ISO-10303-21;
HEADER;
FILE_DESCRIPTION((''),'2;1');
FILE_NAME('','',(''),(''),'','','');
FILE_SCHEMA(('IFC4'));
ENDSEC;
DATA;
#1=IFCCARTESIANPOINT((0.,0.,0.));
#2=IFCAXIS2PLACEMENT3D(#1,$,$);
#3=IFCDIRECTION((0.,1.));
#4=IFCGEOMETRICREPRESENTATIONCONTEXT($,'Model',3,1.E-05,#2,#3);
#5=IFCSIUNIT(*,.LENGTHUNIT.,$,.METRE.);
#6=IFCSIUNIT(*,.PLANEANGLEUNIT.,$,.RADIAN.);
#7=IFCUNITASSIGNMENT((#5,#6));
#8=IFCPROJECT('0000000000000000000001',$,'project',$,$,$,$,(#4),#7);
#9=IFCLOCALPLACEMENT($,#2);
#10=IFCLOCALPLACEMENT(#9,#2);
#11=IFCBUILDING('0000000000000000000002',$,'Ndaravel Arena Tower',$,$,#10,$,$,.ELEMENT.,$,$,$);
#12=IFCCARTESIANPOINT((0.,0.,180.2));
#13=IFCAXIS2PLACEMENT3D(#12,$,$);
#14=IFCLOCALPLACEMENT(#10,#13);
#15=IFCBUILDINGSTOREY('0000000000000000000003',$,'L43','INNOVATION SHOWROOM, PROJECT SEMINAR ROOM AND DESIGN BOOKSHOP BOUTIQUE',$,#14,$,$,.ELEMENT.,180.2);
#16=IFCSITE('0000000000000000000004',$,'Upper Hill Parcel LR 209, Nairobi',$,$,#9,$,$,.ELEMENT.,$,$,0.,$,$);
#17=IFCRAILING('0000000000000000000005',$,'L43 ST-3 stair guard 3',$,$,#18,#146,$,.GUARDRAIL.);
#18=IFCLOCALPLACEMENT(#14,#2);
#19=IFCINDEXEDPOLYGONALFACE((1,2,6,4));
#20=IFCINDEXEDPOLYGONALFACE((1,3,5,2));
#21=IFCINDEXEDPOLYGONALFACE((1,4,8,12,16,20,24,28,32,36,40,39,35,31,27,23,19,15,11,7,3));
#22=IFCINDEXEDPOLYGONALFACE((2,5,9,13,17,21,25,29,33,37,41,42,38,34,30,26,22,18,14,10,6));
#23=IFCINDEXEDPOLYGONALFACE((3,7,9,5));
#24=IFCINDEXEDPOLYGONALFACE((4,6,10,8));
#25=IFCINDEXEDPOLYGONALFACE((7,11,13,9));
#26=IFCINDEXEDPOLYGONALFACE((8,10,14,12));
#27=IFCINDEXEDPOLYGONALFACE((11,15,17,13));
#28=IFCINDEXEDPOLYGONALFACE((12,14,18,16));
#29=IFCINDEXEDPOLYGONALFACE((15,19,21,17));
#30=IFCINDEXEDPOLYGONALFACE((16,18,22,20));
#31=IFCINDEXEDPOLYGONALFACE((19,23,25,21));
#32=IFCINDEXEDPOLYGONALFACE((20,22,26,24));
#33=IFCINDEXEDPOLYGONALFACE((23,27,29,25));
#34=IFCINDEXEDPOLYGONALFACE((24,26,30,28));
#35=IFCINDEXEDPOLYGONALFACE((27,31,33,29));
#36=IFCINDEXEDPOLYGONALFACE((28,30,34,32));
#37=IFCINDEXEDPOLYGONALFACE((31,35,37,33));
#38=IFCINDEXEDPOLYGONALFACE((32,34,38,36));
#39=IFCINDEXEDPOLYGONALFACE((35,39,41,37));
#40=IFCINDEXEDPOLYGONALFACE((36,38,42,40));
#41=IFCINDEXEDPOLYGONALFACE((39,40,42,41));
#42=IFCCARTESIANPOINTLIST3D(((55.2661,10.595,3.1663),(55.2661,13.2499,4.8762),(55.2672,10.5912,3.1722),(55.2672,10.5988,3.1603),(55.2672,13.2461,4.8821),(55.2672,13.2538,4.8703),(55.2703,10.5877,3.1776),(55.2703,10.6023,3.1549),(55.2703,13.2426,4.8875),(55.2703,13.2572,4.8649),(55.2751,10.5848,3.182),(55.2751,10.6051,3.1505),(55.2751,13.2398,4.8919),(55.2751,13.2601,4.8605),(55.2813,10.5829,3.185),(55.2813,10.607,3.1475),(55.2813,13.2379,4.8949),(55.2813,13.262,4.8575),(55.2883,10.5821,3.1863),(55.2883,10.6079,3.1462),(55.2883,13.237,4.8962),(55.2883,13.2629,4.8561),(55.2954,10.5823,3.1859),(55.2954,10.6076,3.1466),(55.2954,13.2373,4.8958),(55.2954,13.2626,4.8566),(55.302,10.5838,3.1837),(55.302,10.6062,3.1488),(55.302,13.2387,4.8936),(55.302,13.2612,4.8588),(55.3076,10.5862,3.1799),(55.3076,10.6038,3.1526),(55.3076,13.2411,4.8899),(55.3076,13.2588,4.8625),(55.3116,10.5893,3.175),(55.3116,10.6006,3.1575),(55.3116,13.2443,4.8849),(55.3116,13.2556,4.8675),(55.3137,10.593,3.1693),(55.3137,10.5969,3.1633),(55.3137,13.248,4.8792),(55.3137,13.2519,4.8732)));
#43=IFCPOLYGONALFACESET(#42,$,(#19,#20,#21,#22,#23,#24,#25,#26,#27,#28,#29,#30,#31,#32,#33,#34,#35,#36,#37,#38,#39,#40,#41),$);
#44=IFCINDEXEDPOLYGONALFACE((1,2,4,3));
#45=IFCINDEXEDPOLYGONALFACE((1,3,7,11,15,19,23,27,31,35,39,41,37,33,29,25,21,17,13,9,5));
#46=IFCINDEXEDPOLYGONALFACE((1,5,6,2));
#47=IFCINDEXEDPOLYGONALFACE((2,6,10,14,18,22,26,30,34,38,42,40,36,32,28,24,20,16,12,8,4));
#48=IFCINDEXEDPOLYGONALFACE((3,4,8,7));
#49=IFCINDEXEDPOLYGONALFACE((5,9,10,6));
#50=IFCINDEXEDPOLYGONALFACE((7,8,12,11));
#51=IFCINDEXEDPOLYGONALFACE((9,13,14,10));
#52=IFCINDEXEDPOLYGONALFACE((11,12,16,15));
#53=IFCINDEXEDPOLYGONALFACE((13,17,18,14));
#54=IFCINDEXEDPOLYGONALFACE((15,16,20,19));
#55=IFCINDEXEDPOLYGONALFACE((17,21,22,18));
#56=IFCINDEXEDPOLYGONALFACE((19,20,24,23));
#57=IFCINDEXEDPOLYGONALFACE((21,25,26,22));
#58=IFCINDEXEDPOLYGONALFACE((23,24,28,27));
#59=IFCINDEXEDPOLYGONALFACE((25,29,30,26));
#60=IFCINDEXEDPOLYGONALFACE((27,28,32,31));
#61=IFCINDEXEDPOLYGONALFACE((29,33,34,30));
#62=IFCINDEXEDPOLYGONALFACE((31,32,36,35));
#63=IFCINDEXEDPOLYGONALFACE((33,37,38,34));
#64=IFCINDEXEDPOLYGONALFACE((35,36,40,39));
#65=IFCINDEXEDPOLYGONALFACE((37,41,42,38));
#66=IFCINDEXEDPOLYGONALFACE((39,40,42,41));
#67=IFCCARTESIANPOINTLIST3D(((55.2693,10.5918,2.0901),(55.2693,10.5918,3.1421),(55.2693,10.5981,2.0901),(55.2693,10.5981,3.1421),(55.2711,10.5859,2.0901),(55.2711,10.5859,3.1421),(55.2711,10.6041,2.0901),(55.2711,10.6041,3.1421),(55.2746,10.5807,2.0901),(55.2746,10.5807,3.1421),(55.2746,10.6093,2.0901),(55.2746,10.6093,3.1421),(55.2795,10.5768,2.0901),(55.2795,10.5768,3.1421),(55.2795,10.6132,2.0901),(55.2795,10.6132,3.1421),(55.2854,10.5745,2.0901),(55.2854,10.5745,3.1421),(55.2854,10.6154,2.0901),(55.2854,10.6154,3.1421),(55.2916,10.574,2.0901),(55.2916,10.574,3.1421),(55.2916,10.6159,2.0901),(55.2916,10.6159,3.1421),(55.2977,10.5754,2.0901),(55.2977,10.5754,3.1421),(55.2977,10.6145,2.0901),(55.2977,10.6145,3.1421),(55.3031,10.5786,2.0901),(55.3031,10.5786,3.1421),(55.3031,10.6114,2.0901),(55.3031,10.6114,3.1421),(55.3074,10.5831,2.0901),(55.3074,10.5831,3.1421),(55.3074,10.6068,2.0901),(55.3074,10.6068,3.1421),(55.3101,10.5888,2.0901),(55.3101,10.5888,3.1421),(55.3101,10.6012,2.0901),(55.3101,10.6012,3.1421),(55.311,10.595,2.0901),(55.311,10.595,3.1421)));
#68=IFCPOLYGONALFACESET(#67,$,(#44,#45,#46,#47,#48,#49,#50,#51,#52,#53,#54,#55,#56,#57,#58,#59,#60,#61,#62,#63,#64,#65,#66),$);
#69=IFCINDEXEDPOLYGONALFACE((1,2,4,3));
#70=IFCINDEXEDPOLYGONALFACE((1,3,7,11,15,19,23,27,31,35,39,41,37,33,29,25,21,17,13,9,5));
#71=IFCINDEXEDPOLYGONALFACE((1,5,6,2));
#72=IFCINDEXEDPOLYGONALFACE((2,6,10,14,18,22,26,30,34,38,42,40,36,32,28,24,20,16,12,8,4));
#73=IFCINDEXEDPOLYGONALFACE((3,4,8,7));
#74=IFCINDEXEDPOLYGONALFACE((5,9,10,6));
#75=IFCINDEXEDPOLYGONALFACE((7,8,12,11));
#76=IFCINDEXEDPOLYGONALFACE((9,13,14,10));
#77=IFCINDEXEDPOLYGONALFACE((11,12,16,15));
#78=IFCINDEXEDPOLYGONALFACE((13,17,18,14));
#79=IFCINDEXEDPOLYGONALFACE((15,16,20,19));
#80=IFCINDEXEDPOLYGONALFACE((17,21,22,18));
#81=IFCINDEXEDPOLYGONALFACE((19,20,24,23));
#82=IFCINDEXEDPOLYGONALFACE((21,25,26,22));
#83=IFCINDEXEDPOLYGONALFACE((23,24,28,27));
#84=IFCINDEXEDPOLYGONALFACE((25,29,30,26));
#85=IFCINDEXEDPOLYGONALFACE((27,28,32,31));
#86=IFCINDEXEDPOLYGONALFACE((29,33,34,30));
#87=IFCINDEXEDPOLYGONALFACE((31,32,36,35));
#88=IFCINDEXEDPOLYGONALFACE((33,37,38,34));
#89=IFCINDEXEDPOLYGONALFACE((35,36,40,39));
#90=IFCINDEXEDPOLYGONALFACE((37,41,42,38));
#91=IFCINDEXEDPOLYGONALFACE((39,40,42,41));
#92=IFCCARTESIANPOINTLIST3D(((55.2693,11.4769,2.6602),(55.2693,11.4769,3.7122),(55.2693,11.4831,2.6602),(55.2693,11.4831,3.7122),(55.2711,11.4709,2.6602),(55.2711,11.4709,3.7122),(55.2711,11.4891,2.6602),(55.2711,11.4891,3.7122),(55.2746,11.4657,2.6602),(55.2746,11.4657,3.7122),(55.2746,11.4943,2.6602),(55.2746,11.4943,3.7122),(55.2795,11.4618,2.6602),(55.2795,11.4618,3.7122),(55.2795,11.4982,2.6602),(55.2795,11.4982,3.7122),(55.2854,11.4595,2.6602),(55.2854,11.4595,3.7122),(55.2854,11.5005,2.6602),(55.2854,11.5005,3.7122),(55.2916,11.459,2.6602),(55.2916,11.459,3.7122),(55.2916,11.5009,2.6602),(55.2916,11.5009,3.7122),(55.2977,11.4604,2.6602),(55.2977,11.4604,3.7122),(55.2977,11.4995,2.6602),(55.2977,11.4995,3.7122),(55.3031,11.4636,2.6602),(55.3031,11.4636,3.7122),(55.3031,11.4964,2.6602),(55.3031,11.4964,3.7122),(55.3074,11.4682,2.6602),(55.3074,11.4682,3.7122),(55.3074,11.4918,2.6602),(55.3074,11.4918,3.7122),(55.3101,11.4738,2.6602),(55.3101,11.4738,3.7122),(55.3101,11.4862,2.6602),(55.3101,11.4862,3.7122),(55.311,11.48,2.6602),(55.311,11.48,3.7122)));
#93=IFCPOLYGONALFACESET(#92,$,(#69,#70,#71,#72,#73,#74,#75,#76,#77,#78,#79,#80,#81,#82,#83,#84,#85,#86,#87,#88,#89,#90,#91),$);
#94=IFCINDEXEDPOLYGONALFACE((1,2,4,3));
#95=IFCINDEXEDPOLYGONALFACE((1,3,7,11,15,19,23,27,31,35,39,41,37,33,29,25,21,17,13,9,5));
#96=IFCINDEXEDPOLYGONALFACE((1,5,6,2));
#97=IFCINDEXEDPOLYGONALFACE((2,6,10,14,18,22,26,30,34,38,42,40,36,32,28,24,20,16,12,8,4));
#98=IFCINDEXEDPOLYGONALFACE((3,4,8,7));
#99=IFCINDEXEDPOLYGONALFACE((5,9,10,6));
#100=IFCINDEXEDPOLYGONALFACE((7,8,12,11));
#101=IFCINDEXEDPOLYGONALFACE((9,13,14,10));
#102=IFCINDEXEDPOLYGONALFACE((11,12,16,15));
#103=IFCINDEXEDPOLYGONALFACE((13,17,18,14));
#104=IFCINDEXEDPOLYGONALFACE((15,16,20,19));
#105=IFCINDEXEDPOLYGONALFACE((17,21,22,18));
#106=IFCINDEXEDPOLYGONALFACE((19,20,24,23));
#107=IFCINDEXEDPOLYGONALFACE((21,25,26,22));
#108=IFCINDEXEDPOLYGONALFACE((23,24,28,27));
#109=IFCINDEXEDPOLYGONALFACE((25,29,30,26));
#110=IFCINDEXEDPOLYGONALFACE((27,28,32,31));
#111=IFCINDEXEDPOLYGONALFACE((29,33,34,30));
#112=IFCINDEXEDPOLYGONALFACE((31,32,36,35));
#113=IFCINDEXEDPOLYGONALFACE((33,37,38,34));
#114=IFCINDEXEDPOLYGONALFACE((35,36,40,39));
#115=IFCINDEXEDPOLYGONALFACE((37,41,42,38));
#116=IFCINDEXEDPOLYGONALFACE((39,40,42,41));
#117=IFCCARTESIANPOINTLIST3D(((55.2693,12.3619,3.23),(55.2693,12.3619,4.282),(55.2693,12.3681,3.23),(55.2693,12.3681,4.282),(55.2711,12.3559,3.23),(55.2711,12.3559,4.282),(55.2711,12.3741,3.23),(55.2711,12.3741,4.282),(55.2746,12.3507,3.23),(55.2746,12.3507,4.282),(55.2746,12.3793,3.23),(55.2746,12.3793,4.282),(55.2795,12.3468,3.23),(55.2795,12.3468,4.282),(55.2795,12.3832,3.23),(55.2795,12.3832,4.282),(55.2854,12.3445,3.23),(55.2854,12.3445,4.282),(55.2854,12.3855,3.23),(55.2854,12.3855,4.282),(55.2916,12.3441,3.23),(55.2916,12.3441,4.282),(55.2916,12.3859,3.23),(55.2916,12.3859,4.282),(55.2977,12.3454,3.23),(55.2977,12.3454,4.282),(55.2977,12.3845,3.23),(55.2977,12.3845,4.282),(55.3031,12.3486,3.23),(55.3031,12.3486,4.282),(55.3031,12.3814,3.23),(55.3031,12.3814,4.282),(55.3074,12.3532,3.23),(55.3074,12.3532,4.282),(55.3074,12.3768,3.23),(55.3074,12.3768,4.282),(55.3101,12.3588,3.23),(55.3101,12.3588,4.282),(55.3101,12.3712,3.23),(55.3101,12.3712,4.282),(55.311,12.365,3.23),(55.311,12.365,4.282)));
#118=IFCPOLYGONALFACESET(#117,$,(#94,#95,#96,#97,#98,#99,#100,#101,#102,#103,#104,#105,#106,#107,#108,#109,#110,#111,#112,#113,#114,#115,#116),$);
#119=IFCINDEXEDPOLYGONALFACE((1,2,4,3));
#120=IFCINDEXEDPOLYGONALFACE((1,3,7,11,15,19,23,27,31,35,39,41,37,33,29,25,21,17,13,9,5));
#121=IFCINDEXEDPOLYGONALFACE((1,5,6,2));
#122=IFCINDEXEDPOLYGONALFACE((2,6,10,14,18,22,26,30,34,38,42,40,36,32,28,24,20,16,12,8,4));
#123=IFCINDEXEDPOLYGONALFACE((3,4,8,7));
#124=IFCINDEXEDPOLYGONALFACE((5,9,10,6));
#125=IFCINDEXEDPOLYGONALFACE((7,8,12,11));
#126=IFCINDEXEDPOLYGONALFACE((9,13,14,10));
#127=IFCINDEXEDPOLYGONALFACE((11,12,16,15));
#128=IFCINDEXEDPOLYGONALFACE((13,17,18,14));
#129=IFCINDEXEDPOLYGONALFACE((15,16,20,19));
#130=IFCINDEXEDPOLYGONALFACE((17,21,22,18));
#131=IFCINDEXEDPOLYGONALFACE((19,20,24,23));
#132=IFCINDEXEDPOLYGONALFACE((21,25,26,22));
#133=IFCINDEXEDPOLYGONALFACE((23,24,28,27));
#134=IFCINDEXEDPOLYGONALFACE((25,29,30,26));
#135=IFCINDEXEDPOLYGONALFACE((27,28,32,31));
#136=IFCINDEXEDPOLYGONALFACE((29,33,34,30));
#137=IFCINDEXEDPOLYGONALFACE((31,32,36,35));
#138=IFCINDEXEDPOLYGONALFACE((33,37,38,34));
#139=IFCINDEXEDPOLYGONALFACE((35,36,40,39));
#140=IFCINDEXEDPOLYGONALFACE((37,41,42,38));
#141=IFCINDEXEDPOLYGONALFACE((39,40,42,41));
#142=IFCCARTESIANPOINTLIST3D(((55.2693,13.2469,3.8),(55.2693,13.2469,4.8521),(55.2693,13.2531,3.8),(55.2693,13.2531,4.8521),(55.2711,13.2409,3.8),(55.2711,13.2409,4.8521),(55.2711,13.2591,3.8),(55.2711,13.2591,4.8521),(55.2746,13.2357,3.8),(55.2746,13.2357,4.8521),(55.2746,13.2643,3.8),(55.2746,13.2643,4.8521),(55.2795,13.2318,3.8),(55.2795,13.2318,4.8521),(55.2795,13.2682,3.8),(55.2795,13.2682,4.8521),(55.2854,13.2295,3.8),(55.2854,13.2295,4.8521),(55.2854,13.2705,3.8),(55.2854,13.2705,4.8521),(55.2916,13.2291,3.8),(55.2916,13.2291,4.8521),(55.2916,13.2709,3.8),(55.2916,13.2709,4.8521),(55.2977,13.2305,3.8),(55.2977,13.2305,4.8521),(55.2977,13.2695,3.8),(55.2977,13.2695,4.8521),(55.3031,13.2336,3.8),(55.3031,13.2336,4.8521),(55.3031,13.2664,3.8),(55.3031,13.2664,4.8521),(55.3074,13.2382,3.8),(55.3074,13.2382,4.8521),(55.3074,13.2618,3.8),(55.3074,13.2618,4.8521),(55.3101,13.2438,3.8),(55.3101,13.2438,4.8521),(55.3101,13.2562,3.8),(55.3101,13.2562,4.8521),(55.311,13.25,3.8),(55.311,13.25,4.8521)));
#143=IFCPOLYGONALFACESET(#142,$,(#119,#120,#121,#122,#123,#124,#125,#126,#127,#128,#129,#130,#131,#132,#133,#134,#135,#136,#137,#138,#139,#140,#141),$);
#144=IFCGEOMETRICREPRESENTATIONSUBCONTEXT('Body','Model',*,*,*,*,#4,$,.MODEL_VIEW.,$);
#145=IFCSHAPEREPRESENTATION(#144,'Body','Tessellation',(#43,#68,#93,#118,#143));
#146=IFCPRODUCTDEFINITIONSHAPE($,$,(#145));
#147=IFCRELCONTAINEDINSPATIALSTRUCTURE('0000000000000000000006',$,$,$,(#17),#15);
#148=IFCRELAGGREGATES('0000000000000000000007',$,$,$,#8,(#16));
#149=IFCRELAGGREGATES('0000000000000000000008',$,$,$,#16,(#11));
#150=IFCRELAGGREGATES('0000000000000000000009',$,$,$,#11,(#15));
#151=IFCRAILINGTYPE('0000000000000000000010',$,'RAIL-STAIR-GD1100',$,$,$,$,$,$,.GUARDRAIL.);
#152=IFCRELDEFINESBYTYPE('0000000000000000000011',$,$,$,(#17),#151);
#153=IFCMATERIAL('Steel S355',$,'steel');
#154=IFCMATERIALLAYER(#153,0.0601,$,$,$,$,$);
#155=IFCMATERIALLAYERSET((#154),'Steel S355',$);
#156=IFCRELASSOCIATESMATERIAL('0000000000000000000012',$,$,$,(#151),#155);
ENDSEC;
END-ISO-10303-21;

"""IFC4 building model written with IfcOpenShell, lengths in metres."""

from ifc_helpers import new_model, si_unit, direction, frame, origin, origin_2d, place, context, subcontext, project, spatial, circle, extrude, material, layer, layer_set, type_object, element, save


model = new_model("IFC4")

# Units and contexts
model_context = context("Model", 3, precision=1e-05, world=origin(), true_north=direction((0.0, 1.0)))
body_context = subcontext(model_context, "Body", "Model", "MODEL_VIEW")
ifc_project = project(units=[si_unit("LENGTHUNIT", "METRE"), si_unit("PLANEANGLEUNIT", "RADIAN")], contexts=[model_context])

# Site, building, storey
site_placement = place(None, origin())
site = spatial("IfcSite", under=ifc_project, at=site_placement, Name="Upper Hill Parcel LR 209, Nairobi", CompositionType="ELEMENT", RefElevation=0.0)
building_placement = place(site_placement, origin())
building = spatial("IfcBuilding", under=site, at=building_placement, Name="Ndaravel Arena Tower", CompositionType="ELEMENT")
storey_placement = place(building_placement, frame((0.0, 0.0, 180.2)))
storey = spatial("IfcBuildingStorey", under=building, at=storey_placement, Name="L43", Description="INNOVATION SHOWROOM, PROJECT SEMINAR ROOM AND DESIGN BOOKSHOP BOUTIQUE", CompositionType="ELEMENT", Elevation=180.2)

# Railing
ifc_material_1 = material(Name="Steel S355", Category="steel")
ifc_layer_1 = layer(ifc_material_1, 0.0601)
ifc_layer_set_1 = layer_set([ifc_layer_1], Name="Steel S355")
railing_type_1 = type_object("IfcRailingType", Name="RAIL-STAIR-GD1100", PredefinedType="GUARDRAIL", material=ifc_layer_set_1)
railing_1_placement = place(storey_placement, frame((55.29, 10.595, 2.0901)))
element("IfcRailing", 1, at=railing_1_placement, inside=storey, type_object=railing_type_1, Name="L43 ST-3 stair guard 3", PredefinedType="GUARDRAIL", context=body_context, shape_type="SweptSolid", body=[
    extrude(circle(Radius=0.0239, at=origin_2d()), frame((0.0, 0.0, 1.0762), z_axis=(0.0, 0.840724, 0.541465), x_axis=(-1.0, 0.0, 0.0)), (0.0, 0.0, 1.0), 3.158),
    extrude(circle(Radius=0.021, at=origin_2d()), origin(), (0.0, 0.0, 1.0), 1.052),
    extrude(circle(Radius=0.021, at=origin_2d()), frame((0.0, 0.885, 0.5701)), (0.0, 0.0, 1.0), 1.052),
    extrude(circle(Radius=0.021, at=origin_2d()), frame((0.0, 1.77, 1.1399)), (0.0, 0.0, 1.0), 1.052),
    extrude(circle(Radius=0.021, at=origin_2d()), frame((0.0, 2.655, 1.71)), (0.0, 0.0, 1.0), 1.052),
])

save(model, "model.ifc")
